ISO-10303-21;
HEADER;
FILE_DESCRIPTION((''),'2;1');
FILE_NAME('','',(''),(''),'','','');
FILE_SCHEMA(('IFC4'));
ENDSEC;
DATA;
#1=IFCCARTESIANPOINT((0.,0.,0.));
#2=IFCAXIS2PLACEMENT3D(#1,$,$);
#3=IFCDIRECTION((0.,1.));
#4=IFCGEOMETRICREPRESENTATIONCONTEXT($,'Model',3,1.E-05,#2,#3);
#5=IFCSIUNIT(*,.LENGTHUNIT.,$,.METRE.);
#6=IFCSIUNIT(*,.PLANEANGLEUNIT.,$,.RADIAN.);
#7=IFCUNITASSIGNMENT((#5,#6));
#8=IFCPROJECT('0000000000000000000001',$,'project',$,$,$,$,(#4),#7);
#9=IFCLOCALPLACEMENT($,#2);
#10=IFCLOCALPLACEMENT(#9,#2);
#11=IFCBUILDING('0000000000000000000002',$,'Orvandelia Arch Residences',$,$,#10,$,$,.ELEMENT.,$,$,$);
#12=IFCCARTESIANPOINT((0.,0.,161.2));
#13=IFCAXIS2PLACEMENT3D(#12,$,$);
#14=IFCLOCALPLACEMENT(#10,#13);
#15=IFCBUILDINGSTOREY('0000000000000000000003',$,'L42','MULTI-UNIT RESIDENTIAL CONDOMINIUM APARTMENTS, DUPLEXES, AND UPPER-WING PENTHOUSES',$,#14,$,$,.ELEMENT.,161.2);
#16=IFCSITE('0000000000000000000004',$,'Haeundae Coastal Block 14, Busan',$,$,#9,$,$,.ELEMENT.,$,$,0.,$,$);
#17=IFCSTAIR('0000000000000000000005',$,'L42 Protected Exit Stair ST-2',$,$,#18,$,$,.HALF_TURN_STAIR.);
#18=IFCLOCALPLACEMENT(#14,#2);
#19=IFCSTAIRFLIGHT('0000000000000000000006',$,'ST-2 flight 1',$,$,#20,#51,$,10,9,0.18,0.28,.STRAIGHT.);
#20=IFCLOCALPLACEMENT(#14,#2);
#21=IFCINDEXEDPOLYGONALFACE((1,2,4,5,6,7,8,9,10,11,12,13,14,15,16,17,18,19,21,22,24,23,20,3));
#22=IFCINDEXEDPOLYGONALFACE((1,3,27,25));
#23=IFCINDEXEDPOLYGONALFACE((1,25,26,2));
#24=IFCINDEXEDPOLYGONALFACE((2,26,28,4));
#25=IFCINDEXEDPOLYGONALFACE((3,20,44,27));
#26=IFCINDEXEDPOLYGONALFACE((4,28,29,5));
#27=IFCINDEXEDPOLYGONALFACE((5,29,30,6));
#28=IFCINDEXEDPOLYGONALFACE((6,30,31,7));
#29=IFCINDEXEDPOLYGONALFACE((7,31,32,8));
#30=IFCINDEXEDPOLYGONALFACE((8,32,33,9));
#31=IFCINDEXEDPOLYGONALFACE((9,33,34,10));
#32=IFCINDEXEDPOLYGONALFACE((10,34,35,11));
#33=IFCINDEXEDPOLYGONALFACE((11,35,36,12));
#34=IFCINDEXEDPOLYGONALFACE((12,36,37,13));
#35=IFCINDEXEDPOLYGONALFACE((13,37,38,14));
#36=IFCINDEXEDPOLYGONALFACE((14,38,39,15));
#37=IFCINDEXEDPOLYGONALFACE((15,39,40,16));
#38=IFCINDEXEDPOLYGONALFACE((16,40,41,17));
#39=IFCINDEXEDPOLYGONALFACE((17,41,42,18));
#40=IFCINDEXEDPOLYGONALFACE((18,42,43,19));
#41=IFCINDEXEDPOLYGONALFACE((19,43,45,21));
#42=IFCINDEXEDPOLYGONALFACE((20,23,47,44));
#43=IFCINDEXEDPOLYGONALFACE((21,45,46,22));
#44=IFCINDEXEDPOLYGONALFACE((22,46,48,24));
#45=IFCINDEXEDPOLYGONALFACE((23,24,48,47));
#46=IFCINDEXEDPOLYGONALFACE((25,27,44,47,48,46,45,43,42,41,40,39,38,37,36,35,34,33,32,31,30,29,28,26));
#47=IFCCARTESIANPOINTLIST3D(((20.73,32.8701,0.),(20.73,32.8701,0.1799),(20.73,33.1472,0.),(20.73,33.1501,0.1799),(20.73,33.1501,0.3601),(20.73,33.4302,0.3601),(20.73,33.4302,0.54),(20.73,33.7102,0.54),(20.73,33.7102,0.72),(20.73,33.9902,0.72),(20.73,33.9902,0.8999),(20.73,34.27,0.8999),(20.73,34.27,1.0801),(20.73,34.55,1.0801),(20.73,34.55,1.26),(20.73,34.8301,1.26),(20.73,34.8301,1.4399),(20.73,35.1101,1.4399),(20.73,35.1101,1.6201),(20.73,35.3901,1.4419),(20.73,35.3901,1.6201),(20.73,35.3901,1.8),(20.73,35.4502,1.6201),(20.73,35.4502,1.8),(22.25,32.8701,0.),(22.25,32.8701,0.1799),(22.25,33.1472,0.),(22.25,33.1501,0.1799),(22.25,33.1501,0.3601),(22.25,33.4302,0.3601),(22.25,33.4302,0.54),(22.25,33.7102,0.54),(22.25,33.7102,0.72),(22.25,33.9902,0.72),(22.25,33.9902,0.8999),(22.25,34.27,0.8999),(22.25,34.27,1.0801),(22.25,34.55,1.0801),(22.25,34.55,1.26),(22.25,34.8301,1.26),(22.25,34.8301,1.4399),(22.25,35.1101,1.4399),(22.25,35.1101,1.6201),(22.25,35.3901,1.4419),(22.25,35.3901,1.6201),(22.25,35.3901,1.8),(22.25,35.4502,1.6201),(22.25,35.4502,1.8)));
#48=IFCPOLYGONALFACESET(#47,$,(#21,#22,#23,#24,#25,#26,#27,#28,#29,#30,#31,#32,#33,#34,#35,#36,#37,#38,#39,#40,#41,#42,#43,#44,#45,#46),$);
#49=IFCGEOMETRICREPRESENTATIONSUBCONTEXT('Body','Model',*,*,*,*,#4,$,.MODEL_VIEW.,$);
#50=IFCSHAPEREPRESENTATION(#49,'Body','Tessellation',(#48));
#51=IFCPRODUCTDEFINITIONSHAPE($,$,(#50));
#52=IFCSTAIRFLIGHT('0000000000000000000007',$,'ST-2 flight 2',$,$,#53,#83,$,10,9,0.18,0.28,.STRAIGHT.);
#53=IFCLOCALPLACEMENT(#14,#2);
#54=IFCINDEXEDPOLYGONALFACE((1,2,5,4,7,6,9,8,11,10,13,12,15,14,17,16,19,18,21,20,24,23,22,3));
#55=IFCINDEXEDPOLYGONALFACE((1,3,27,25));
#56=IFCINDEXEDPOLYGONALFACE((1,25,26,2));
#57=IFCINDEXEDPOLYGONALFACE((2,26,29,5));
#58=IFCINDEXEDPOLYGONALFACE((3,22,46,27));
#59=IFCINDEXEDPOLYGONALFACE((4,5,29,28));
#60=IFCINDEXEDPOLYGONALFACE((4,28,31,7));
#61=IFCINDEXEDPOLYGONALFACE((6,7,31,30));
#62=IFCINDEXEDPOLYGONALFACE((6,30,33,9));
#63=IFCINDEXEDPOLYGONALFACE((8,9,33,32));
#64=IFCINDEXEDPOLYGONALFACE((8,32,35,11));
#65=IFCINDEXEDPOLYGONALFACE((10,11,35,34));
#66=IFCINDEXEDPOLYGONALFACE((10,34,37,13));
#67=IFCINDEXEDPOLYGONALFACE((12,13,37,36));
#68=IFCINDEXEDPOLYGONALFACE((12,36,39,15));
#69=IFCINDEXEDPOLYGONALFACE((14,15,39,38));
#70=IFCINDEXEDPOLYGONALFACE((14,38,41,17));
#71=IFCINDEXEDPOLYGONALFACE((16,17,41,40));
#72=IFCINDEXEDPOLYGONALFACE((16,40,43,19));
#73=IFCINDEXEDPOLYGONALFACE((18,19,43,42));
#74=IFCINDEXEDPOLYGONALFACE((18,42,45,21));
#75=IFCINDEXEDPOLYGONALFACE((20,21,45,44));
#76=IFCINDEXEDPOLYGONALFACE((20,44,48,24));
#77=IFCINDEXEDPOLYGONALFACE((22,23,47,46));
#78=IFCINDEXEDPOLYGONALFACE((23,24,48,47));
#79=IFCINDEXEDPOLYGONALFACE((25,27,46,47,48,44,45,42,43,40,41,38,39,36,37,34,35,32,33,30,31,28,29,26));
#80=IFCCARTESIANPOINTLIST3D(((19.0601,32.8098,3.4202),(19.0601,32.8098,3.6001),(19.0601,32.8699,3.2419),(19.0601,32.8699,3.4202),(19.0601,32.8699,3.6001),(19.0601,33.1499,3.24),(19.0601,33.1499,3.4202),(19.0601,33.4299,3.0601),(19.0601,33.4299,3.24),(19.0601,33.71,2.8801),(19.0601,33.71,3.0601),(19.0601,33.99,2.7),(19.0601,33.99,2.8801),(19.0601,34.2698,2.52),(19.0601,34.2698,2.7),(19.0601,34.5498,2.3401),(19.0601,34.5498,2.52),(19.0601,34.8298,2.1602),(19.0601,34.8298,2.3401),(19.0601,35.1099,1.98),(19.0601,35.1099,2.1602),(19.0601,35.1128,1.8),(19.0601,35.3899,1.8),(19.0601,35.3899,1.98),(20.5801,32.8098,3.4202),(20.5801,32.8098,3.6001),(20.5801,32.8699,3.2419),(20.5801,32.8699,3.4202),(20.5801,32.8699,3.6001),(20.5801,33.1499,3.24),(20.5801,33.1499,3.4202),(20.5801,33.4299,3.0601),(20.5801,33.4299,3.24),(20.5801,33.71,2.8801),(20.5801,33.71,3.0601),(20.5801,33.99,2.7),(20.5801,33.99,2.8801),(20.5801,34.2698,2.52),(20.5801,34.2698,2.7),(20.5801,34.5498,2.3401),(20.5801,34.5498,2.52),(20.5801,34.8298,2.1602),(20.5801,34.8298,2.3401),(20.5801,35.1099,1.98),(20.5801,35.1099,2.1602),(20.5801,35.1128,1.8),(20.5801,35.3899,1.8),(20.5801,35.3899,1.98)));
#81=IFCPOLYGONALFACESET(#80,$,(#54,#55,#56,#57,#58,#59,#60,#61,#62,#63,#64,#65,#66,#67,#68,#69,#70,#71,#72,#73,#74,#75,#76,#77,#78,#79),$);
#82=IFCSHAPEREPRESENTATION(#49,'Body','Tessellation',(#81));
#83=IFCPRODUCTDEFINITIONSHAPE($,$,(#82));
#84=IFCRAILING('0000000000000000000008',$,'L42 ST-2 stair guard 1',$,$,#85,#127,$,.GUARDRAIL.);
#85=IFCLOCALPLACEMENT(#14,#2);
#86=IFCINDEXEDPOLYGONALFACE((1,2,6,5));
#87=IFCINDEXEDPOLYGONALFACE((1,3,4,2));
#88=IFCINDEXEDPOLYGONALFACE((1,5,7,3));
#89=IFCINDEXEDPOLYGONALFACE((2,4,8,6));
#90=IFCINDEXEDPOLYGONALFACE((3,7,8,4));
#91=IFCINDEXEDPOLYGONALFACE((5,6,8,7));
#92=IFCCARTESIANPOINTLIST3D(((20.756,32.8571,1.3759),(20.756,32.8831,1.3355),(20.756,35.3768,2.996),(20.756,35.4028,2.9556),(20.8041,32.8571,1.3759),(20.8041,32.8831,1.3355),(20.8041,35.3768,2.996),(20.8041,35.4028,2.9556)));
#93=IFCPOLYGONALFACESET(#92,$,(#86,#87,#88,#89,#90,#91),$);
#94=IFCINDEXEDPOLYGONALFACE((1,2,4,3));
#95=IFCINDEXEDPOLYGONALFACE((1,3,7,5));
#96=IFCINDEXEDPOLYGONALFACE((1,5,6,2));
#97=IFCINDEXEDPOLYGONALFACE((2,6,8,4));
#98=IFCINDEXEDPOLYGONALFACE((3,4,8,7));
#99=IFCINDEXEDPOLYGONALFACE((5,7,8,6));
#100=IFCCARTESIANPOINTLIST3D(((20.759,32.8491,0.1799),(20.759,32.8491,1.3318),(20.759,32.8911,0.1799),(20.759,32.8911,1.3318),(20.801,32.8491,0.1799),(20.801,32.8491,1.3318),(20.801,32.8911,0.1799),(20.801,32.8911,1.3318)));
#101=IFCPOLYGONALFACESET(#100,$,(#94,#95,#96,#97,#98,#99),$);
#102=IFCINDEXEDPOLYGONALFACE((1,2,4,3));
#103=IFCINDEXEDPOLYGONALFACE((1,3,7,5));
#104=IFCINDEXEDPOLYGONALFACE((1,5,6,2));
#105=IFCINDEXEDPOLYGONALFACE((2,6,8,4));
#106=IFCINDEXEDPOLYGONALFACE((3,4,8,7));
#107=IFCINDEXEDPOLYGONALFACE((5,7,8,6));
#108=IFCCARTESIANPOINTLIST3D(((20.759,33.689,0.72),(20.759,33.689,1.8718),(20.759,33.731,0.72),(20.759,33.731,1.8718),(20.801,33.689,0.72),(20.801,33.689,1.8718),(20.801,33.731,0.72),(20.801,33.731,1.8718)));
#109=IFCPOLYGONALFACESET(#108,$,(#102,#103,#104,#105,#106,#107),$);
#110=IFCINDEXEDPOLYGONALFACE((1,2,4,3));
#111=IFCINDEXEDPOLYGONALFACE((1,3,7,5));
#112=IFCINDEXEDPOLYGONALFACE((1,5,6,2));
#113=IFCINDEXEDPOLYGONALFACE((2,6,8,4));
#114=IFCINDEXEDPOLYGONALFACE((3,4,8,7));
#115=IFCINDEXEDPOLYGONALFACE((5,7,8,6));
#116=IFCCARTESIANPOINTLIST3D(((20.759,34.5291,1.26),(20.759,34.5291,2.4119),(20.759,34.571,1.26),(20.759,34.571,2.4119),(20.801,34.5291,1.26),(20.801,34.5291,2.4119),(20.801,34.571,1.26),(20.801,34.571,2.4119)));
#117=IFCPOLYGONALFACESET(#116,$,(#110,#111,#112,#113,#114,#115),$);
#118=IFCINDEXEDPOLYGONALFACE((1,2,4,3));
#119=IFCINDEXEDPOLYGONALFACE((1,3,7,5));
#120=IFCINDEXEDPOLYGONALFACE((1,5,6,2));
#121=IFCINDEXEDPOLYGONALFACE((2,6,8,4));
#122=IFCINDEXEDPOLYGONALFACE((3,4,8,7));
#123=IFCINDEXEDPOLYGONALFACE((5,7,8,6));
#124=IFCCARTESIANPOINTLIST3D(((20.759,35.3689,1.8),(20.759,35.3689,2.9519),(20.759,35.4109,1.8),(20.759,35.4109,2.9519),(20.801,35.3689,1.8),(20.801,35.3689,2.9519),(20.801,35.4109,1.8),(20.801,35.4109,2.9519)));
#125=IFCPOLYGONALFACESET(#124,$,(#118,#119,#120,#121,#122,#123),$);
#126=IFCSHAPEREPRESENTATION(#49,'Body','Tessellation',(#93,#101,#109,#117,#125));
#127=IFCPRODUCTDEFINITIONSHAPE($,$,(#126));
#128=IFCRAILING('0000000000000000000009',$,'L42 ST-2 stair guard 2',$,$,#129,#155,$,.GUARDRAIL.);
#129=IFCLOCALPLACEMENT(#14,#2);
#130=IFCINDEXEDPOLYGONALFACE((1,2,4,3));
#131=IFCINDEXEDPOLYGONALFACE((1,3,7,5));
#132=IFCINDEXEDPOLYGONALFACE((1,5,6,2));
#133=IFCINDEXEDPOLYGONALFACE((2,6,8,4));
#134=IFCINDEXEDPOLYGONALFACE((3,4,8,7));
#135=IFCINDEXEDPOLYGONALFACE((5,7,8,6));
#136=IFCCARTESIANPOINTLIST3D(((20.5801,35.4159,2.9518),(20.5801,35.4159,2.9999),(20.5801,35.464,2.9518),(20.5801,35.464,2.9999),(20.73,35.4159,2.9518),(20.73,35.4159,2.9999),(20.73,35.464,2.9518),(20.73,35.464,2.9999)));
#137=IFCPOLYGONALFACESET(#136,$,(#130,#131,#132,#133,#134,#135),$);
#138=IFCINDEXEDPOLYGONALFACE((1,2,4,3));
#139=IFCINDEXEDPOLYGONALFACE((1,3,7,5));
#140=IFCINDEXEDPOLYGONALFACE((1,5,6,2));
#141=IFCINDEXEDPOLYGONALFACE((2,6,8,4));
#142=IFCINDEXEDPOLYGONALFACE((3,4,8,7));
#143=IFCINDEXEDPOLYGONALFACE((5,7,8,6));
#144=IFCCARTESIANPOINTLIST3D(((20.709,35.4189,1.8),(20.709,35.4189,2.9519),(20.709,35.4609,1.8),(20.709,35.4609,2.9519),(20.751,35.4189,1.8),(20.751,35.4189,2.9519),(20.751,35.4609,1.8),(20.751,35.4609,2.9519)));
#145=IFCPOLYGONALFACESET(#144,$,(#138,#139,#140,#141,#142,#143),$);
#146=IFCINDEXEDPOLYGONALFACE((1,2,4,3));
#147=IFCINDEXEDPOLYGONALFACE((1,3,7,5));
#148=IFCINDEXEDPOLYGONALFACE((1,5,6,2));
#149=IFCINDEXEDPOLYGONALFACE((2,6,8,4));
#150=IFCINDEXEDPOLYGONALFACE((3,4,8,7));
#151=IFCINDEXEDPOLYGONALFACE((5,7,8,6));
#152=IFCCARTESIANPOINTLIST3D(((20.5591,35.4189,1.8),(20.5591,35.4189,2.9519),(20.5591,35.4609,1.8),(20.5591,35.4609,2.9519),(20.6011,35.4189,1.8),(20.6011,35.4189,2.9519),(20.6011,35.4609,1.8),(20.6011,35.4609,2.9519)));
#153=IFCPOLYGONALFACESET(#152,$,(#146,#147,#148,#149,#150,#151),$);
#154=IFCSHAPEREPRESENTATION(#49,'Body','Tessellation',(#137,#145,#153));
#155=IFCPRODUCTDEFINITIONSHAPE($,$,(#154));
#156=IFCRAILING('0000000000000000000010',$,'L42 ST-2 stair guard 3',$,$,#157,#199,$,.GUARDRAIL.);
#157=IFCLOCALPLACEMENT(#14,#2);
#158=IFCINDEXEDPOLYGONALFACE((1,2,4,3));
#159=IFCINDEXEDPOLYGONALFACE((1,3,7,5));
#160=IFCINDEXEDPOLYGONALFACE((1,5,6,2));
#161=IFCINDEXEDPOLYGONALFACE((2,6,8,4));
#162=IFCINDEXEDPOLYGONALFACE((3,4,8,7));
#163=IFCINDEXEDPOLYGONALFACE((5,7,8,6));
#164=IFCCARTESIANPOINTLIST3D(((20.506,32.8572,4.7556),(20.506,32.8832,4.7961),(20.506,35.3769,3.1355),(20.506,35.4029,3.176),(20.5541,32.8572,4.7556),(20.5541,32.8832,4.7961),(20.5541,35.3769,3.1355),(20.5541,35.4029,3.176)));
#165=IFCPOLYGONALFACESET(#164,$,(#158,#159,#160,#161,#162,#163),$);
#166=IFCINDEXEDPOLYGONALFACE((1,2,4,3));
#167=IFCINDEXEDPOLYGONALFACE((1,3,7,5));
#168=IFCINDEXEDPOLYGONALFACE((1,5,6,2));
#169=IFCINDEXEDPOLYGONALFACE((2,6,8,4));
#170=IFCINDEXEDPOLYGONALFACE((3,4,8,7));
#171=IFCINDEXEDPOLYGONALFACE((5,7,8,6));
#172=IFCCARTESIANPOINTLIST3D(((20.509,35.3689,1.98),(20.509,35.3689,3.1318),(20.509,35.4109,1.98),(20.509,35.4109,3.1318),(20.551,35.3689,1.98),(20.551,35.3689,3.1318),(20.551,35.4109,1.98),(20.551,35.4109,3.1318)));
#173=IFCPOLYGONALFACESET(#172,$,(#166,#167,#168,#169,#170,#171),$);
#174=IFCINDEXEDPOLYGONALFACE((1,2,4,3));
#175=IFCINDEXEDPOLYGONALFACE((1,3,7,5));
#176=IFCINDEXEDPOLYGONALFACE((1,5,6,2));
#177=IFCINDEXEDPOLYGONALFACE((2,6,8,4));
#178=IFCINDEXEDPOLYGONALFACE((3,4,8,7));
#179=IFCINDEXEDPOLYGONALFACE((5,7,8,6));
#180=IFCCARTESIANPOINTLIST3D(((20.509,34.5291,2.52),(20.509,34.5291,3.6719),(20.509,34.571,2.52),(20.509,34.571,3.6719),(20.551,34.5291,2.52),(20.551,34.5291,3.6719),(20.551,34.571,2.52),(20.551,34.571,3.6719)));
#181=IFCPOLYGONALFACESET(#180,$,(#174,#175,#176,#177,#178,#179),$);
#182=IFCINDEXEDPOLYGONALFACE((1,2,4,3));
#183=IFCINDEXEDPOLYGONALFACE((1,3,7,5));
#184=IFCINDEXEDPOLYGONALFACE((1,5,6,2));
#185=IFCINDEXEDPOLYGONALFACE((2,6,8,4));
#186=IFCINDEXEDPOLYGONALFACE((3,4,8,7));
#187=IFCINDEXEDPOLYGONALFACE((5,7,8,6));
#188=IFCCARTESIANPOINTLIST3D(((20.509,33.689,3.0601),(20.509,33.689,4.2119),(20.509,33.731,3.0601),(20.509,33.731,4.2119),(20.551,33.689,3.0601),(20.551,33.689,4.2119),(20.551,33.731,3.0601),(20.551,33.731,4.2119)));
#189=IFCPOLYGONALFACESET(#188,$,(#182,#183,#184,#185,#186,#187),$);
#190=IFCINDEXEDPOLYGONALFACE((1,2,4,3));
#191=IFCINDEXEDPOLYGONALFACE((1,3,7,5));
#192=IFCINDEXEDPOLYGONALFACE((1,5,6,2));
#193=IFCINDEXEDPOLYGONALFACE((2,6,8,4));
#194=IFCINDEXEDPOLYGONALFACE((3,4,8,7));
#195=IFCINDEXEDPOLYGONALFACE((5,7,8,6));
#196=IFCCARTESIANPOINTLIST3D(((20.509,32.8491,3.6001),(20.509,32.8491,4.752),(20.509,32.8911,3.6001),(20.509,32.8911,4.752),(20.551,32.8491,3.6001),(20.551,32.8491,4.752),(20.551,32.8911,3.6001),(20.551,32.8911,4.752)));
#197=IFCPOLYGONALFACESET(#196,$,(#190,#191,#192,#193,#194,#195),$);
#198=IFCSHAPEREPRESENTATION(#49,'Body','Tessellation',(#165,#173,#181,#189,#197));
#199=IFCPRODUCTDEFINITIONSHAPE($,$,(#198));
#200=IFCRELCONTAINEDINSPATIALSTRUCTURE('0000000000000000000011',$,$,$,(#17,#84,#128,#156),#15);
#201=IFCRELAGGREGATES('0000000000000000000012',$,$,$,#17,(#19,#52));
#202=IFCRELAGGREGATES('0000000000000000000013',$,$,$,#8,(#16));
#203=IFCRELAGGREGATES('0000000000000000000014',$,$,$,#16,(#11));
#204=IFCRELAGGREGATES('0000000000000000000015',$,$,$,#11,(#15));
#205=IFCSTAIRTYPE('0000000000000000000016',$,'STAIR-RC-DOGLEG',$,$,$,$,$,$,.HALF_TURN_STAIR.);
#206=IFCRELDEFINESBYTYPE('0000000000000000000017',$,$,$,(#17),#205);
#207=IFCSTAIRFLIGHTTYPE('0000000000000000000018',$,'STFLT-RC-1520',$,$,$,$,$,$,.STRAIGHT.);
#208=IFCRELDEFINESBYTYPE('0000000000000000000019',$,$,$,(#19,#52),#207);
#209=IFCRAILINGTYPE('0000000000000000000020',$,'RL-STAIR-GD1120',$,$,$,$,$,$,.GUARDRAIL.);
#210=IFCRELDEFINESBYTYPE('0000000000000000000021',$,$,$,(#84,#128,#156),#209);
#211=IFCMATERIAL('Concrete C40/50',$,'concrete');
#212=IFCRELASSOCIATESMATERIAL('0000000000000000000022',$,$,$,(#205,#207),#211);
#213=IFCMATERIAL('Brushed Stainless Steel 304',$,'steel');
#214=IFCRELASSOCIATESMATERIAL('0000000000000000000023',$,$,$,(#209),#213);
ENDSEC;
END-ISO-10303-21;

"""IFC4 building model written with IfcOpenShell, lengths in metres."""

from ifc_helpers import new_model, si_unit, direction, frame, origin, origin_2d, place, context, subcontext, project, spatial, polyline, rectangle, outline, extrude, material, type_object, element, aggregate, save


model = new_model("IFC4")

# Units and contexts
model_context = context("Model", 3, precision=1e-05, world=origin(), true_north=direction((0.0, 1.0)))
body_context = subcontext(model_context, "Body", "Model", "MODEL_VIEW")
ifc_project = project(units=[si_unit("LENGTHUNIT", "METRE"), si_unit("PLANEANGLEUNIT", "RADIAN")], contexts=[model_context])

# Site, building, storey
site_placement = place(None, origin())
site = spatial("IfcSite", under=ifc_project, at=site_placement, Name="Haeundae Coastal Block 14, Busan", CompositionType="ELEMENT", RefElevation=0.0)
building_placement = place(site_placement, origin())
building = spatial("IfcBuilding", under=site, at=building_placement, Name="Orvandelia Arch Residences", CompositionType="ELEMENT")
storey_placement = place(building_placement, frame((0.0, 0.0, 161.2)))
storey = spatial("IfcBuildingStorey", under=building, at=storey_placement, Name="L42", Description="MULTI-UNIT RESIDENTIAL CONDOMINIUM APARTMENTS, DUPLEXES, AND UPPER-WING PENTHOUSES", CompositionType="ELEMENT", Elevation=161.2)

# Stair, stair flights
ifc_material_1 = material(Name="Concrete C40/50", Category="concrete")
stair_type = type_object("IfcStairType", Name="STAIR-RC-DOGLEG", PredefinedType="HALF_TURN_STAIR", material=ifc_material_1)
stair_placement = place(storey_placement, origin())
stair = element("IfcStair", 1, at=stair_placement, inside=storey, type_object=stair_type, Name="L42 Protected Exit Stair ST-2", PredefinedType="HALF_TURN_STAIR")
stair_flight_type = type_object("IfcStairFlightType", Name="STFLT-RC-1520", PredefinedType="STRAIGHT", material=ifc_material_1)
stair_flight_1_placement = place(storey_placement, frame((21.49, 32.8701, 0.0), z_axis=(0.0, 0.0, 1.0), x_axis=(0.0, 1.0, 0.0)))
stair_flight_1 = element("IfcStairFlight", 2, at=stair_flight_1_placement, type_object=stair_flight_type, Name="ST-2 flight 1", NumberOfRisers=10, NumberOfTreads=9, PredefinedType="STRAIGHT", RiserHeight=0.18, TreadLength=0.28, context=body_context, shape_type="SweptSolid", body=[
    extrude(outline(polyline([(0.0, 0.0), (0.0, 0.1799), (0.28, 0.1799), (0.28, 0.3601), (0.5601, 0.3601), (0.5601, 0.54), (0.8401, 0.54), (0.8401, 0.72), (1.1201, 0.72), (1.1201, 0.8999), (1.3999, 0.8999), (1.3999, 1.0801), (1.6799, 1.0801), (1.6799, 1.26), (1.96, 1.26), (1.96, 1.4399), (2.24, 1.4399), (2.24, 1.6201), (2.52, 1.6201), (2.52, 1.8), (2.5801, 1.8), (2.5801, 1.6201), (2.52, 1.4419), (0.2771, 0.0), (0.0, 0.0)])), frame((0.0, 0.76, 0.0), z_axis=(0.0, -1.0, 0.0), x_axis=(1.0, 0.0, 0.0)), (0.0, 0.0, 1.0), 1.52),
])
stair_flight_2_placement = place(storey_placement, frame((19.8201, 35.3899, 1.8), z_axis=(0.0, 0.0, 1.0), x_axis=(0.0, -1.0, 0.0)))
stair_flight_2 = element("IfcStairFlight", 3, at=stair_flight_2_placement, type_object=stair_flight_type, Name="ST-2 flight 2", NumberOfRisers=10, NumberOfTreads=9, PredefinedType="STRAIGHT", RiserHeight=0.18, TreadLength=0.28, context=body_context, shape_type="SweptSolid", body=[
    extrude(outline(polyline([(0.0, 0.0), (0.0, 0.1799), (0.28, 0.1799), (0.28, 0.3601), (0.5601, 0.3601), (0.5601, 0.54), (0.8401, 0.54), (0.8401, 0.72), (1.1201, 0.72), (1.1201, 0.8999), (1.3999, 0.8999), (1.3999, 1.0801), (1.6799, 1.0801), (1.6799, 1.26), (1.96, 1.26), (1.96, 1.4399), (2.24, 1.4399), (2.24, 1.6201), (2.52, 1.6201), (2.52, 1.8), (2.5801, 1.8), (2.5801, 1.6201), (2.52, 1.4419), (0.2771, 0.0), (0.0, 0.0)])), frame((0.0, 0.76, 0.0), z_axis=(0.0, -1.0, 0.0), x_axis=(1.0, 0.0, 0.0)), (0.0, 0.0, 1.0), 1.52),
])
aggregate(stair, [stair_flight_1, stair_flight_2])

# Railings
ifc_material_2 = material(Name="Brushed Stainless Steel 304", Category="steel")
railing_type_1 = type_object("IfcRailingType", Name="RL-STAIR-GD1120", PredefinedType="GUARDRAIL", material=ifc_material_2)
railing_1_placement = place(storey_placement, frame((20.78, 32.8701, 0.1799)))
element("IfcRailing", 4, at=railing_1_placement, inside=storey, type_object=railing_type_1, Name="L42 ST-2 stair guard 1", PredefinedType="GUARDRAIL", context=body_context, shape_type="SweptSolid", body=[
    extrude(rectangle(XDim=0.0481, YDim=0.0481, at=origin_2d()), frame((0.0, 0.0, 1.1758), z_axis=(0.0, 0.841139, 0.540819), x_axis=(-1.0, 0.0, 0.0)), (0.0, 0.0, 1.0), 2.9956),
    extrude(rectangle(XDim=0.042, YDim=0.042, at=origin_2d()), origin(), (0.0, 0.0, 1.0), 1.1519),
    extrude(rectangle(XDim=0.042, YDim=0.042, at=origin_2d()), frame((0.0, 0.8398, 0.54)), (0.0, 0.0, 1.0), 1.1519),
    extrude(rectangle(XDim=0.042, YDim=0.042, at=origin_2d()), frame((0.0, 1.6799, 1.0801)), (0.0, 0.0, 1.0), 1.1519),
    extrude(rectangle(XDim=0.042, YDim=0.042, at=origin_2d()), frame((0.0, 2.5198, 1.6201)), (0.0, 0.0, 1.0), 1.1519),
])
railing_2_placement = place(storey_placement, frame((20.73, 35.4399, 1.8)))
element("IfcRailing", 5, at=railing_2_placement, inside=storey, type_object=railing_type_1, Name="L42 ST-2 stair guard 2", PredefinedType="GUARDRAIL", context=body_context, shape_type="SweptSolid", body=[
    extrude(rectangle(XDim=0.0481, YDim=0.0481, at=origin_2d()), frame((0.0, 0.0, 1.1758), z_axis=(-1.0, 0.0, 0.0), x_axis=(0.0, -1.0, 0.0)), (0.0, 0.0, 1.0), 0.1499),
    extrude(rectangle(XDim=0.042, YDim=0.042, at=origin_2d()), origin(), (0.0, 0.0, 1.0), 1.1519),
    extrude(rectangle(XDim=0.042, YDim=0.042, at=origin_2d()), frame((-0.1499, 0.0, 0.0)), (0.0, 0.0, 1.0), 1.1519),
])
railing_3_placement = place(storey_placement, frame((20.53, 35.3899, 1.98)))
element("IfcRailing", 6, at=railing_3_placement, inside=storey, type_object=railing_type_1, Name="L42 ST-2 stair guard 3", PredefinedType="GUARDRAIL", context=body_context, shape_type="SweptSolid", body=[
    extrude(rectangle(XDim=0.0481, YDim=0.0481, at=origin_2d()), frame((0.0, 0.0, 1.1758), z_axis=(0.0, -0.841139, 0.540819), x_axis=(1.0, 0.0, 0.0)), (0.0, 0.0, 1.0), 2.9956),
    extrude(rectangle(XDim=0.042, YDim=0.042, at=origin_2d()), origin(), (0.0, 0.0, 1.0), 1.1519),
    extrude(rectangle(XDim=0.042, YDim=0.042, at=origin_2d()), frame((0.0, -0.8398, 0.54)), (0.0, 0.0, 1.0), 1.1519),
    extrude(rectangle(XDim=0.042, YDim=0.042, at=origin_2d()), frame((0.0, -1.6799, 1.0801)), (0.0, 0.0, 1.0), 1.1519),
    extrude(rectangle(XDim=0.042, YDim=0.042, at=origin_2d()), frame((0.0, -2.5198, 1.6201)), (0.0, 0.0, 1.0), 1.1519),
])

save(model, "model.ifc")
